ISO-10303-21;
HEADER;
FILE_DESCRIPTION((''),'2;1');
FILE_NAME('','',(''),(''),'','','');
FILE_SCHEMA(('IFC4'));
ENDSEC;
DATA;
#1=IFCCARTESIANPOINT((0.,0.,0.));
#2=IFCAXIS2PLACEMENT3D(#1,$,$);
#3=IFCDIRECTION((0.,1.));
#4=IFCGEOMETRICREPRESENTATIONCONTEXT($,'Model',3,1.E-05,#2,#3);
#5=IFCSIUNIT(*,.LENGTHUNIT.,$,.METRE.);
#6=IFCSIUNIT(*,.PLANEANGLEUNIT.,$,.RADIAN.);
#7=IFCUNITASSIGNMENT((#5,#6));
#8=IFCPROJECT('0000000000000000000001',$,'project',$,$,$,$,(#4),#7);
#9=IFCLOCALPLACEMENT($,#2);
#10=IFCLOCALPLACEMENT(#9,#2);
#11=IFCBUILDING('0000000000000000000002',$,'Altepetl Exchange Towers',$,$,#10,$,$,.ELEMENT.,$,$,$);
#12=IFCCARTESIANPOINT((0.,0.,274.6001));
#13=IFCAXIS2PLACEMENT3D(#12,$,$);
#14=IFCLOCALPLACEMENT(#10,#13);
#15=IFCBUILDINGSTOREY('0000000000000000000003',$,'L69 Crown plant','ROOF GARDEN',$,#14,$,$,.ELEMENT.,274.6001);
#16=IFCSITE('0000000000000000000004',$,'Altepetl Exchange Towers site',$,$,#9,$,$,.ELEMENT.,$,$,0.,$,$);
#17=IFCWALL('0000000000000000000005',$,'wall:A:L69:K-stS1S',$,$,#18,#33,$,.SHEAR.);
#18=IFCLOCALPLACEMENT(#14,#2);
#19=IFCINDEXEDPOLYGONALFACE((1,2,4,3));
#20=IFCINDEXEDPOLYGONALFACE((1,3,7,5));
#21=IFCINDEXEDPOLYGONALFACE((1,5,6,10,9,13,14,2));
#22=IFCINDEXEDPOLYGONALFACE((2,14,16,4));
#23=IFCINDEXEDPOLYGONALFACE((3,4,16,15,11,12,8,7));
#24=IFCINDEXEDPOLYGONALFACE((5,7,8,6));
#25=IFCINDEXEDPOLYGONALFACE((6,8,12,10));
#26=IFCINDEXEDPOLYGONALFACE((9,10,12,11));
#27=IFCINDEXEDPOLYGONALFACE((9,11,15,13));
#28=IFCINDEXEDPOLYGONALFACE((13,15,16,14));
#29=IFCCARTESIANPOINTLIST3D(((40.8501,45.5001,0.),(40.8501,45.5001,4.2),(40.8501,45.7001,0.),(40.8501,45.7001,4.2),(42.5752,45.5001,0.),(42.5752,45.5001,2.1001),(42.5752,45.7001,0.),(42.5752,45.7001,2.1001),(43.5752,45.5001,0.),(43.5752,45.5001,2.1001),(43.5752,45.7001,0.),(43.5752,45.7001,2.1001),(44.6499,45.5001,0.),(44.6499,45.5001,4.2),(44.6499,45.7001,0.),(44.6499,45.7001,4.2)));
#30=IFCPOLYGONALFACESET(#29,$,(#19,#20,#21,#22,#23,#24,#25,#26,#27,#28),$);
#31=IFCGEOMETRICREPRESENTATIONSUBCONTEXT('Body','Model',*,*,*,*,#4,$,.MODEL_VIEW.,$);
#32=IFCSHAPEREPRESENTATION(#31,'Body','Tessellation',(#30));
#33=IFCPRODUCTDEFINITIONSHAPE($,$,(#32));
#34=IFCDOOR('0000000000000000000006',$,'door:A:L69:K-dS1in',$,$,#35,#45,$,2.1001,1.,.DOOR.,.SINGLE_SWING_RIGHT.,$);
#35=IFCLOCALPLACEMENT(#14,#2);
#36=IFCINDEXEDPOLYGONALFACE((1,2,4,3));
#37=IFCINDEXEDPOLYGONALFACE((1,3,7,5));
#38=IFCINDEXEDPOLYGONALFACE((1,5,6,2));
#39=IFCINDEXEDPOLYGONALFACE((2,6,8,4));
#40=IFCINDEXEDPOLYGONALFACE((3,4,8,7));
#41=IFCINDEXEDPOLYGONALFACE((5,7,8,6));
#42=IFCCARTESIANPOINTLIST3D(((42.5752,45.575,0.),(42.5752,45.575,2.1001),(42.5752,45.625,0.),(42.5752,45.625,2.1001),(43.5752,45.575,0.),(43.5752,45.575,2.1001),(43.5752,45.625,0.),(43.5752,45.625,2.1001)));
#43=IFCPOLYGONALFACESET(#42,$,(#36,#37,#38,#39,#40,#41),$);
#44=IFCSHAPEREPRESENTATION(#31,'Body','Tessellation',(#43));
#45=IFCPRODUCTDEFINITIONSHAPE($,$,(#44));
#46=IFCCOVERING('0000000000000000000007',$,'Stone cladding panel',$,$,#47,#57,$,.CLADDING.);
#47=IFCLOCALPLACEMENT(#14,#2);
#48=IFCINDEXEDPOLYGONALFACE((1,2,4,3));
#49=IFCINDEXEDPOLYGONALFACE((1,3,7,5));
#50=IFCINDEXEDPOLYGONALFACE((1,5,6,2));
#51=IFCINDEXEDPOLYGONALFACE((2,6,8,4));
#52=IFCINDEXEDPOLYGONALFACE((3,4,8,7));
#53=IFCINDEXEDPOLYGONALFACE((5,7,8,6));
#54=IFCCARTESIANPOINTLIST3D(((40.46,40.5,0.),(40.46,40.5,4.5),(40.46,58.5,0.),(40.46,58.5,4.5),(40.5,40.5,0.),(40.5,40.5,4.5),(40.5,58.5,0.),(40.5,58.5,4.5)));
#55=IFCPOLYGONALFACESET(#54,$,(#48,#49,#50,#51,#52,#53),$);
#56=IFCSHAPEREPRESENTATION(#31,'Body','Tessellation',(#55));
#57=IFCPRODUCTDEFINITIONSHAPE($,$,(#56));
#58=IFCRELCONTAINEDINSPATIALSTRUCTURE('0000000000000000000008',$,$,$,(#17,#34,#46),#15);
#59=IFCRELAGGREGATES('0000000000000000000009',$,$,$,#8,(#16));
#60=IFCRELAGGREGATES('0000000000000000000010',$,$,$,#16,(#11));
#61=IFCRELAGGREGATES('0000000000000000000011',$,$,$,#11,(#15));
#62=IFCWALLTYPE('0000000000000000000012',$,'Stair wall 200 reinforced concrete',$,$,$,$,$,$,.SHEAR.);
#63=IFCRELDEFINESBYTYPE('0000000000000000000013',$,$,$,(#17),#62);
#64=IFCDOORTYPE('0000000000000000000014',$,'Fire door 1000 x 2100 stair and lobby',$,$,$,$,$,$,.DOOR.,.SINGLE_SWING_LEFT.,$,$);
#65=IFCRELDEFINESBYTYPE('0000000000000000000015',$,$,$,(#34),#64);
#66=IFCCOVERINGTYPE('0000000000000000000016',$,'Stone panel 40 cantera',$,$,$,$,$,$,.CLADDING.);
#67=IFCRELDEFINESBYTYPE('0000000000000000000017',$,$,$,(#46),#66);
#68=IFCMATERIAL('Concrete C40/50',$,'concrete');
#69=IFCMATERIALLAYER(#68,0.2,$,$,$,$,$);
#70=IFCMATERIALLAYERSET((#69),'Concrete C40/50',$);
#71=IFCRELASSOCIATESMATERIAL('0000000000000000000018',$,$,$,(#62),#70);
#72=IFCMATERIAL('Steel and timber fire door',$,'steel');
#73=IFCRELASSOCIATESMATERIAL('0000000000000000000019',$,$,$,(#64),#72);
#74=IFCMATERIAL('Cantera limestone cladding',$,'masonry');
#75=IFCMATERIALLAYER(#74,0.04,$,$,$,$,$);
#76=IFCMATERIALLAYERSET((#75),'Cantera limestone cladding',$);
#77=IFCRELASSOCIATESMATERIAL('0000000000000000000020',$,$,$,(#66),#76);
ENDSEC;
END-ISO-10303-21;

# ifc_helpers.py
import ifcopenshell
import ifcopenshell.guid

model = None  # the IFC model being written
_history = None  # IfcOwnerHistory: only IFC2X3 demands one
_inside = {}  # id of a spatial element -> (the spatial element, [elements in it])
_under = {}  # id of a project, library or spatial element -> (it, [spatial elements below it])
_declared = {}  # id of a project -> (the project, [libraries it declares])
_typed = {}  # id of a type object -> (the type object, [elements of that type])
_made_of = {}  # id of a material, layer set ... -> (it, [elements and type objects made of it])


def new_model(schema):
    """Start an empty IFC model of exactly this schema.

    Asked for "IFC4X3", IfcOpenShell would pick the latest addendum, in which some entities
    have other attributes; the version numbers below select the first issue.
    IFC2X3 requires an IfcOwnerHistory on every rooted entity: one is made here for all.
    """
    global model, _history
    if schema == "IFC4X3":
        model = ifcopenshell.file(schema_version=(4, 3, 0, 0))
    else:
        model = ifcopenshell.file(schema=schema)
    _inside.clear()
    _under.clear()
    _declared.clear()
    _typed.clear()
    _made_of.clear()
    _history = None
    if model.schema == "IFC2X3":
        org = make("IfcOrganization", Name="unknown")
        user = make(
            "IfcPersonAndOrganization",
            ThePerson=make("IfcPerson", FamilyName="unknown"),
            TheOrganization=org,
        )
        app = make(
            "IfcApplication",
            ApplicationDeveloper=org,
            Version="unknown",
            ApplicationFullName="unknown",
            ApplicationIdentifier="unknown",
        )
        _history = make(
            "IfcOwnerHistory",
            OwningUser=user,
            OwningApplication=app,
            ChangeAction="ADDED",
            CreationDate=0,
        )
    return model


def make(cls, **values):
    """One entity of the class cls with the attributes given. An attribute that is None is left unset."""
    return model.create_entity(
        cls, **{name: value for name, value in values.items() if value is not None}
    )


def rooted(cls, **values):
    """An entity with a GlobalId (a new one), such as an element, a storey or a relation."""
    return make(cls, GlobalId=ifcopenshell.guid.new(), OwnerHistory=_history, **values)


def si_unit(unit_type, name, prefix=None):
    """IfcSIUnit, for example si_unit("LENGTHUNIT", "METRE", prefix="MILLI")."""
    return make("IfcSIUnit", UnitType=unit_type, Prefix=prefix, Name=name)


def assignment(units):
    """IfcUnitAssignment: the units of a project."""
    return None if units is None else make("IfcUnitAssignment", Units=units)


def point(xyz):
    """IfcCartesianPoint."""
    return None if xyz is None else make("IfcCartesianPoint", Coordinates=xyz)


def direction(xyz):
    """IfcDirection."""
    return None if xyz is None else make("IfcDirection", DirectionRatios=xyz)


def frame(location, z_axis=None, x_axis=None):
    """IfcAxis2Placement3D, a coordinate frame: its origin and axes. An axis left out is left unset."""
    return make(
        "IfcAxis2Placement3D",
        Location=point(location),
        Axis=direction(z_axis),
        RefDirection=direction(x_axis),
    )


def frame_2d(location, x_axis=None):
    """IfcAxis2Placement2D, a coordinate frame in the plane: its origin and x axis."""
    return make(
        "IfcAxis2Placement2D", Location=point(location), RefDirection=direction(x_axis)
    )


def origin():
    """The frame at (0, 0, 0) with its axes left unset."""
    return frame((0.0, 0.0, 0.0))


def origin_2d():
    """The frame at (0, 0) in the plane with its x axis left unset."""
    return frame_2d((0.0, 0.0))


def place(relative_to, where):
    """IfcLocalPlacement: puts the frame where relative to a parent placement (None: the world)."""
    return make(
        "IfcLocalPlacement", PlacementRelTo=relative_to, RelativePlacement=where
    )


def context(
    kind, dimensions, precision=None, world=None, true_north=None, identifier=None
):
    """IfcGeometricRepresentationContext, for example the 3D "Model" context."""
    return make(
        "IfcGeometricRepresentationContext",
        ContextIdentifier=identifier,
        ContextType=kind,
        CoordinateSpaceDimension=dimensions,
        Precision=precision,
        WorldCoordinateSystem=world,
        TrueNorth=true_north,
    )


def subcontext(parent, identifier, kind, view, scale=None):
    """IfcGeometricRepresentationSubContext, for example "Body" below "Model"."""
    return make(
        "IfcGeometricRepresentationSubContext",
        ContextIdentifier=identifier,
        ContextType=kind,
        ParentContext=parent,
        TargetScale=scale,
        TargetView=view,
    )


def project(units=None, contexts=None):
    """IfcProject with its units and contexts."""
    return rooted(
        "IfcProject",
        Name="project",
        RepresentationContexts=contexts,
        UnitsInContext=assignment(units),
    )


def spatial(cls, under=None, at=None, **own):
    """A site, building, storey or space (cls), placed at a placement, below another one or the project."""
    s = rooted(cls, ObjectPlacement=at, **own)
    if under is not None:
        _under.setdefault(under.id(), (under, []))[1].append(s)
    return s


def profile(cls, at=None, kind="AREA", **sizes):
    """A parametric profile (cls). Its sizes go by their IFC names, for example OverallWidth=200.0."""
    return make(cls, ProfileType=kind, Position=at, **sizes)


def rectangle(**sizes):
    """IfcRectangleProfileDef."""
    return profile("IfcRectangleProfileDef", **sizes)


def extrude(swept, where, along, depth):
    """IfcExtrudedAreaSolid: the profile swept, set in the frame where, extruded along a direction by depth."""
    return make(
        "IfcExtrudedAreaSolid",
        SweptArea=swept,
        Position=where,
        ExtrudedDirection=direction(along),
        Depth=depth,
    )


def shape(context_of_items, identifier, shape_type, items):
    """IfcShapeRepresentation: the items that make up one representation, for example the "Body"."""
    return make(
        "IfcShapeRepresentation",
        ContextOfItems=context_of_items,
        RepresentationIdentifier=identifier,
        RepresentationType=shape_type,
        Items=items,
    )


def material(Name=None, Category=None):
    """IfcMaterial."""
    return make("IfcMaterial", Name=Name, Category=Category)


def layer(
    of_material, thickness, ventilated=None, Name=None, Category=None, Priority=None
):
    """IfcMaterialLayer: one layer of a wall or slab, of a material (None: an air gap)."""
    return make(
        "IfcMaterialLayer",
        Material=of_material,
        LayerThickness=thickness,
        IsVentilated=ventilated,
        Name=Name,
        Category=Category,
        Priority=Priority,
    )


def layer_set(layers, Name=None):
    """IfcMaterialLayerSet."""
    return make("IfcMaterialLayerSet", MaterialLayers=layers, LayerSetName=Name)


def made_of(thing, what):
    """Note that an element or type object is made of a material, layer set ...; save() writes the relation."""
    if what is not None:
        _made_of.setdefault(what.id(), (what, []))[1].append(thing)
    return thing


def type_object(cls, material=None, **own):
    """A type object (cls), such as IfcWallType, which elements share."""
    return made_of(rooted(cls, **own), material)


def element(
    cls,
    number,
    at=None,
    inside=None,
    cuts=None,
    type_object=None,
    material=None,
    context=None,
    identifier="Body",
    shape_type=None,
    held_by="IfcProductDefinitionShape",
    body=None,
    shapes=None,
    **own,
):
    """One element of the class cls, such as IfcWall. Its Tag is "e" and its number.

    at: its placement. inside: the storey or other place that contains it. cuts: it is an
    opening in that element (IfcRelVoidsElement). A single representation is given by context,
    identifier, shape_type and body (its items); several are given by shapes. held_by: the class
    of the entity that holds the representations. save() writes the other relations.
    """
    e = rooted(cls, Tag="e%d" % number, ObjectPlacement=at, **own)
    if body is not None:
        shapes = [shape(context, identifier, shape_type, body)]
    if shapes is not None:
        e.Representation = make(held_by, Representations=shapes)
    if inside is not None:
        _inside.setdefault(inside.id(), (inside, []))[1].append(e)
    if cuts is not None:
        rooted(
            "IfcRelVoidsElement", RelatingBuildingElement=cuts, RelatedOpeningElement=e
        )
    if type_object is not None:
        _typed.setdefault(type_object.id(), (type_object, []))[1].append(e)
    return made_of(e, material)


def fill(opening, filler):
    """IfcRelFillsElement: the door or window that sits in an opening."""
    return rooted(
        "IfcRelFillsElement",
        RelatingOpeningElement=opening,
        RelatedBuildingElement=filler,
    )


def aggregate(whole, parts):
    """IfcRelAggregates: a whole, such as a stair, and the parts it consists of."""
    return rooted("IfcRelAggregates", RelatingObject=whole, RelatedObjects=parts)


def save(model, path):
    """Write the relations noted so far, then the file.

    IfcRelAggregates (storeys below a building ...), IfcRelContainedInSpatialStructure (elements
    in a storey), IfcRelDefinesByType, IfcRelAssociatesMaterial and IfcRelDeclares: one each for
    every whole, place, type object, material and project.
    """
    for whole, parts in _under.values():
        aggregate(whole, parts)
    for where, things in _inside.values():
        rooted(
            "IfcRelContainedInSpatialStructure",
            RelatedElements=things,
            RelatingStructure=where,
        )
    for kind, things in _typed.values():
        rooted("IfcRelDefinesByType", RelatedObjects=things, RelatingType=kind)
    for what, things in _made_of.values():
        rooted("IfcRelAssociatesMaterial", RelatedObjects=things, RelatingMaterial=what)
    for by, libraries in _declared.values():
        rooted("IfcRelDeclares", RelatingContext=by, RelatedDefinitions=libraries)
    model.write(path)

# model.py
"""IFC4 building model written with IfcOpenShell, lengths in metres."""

from ifc_helpers import new_model, si_unit, direction, frame, frame_2d, origin, origin_2d, place, context, subcontext, project, spatial, rectangle, extrude, material, layer, layer_set, type_object, element, fill, save


model = new_model("IFC4")

# Units and contexts
model_context = context("Model", 3, precision=1e-05, world=origin(), true_north=direction((0.0, 1.0)))
body_context = subcontext(model_context, "Body", "Model", "MODEL_VIEW")
ifc_project = project(units=[si_unit("LENGTHUNIT", "METRE"), si_unit("PLANEANGLEUNIT", "RADIAN")], contexts=[model_context])

# Site, building, storey
site_placement = place(None, origin())
site = spatial("IfcSite", under=ifc_project, at=site_placement, Name="Altepetl Exchange Towers site", CompositionType="ELEMENT", RefElevation=0.0)
building_placement = place(site_placement, origin())
building = spatial("IfcBuilding", under=site, at=building_placement, Name="Altepetl Exchange Towers", CompositionType="ELEMENT")
storey_placement = place(building_placement, frame((0.0, 0.0, 274.6001)))
storey = spatial("IfcBuildingStorey", under=building, at=storey_placement, Name="L69 Crown plant", Description="ROOF GARDEN", CompositionType="ELEMENT", Elevation=274.6001)

# Shared definitions
ifc_material_1 = material(Name="Steel and timber fire door", Category="steel")

# Shared definitions
ifc_material_2 = material(Name="Concrete C40/50", Category="concrete")

# Shared definitions
ifc_layer_1 = layer(ifc_material_2, 0.2)
ifc_layer_set_1 = layer_set([ifc_layer_1], Name="Concrete C40/50")
wall_type_1 = type_object("IfcWallType", Name="Stair wall 200 reinforced concrete", PredefinedType="SHEAR", material=ifc_layer_set_1)

# Wall, opening, door
wall_1_placement = place(storey_placement, frame((40.8501, 45.6001, 0.0)))
wall_1 = element("IfcWall", 1, at=wall_1_placement, inside=storey, type_object=wall_type_1, Name="wall:A:L69:K-stS1S", PredefinedType="SHEAR", context=body_context, shape_type="SweptSolid", body=[
    extrude(rectangle(XDim=3.7998, YDim=0.2, at=frame_2d((1.8999, 0.0))), origin(), (0.0, 0.0, 1.0), 4.2),
])
opening_1_placement = place(wall_1_placement, frame((1.7251, 0.0, 0.0)))
opening_1 = element("IfcOpeningElement", 2, at=opening_1_placement, cuts=wall_1, PredefinedType="OPENING", context=body_context, shape_type="SweptSolid", body=[
    extrude(rectangle(XDim=1.0, YDim=2.1001, at=frame_2d((0.5, 1.05))), frame((0.0, 0.1099, 0.0), z_axis=(0.0, -1.0, 0.0), x_axis=(1.0, 0.0, 0.0)), (0.0, 0.0, 1.0), 0.22),
])
door_type_1 = type_object("IfcDoorType", Name="Fire door 1000 x 2100 stair and lobby", OperationType="SINGLE_SWING_LEFT", PredefinedType="DOOR", material=ifc_material_1)
door_1_placement = place(opening_1_placement, origin())
door_1 = element("IfcDoor", 3, at=door_1_placement, inside=storey, type_object=door_type_1, Name="door:A:L69:K-dS1in", OperationType="SINGLE_SWING_RIGHT", OverallHeight=2.1001, OverallWidth=1.0, PredefinedType="DOOR", context=body_context, shape_type="SweptSolid", body=[
    extrude(rectangle(XDim=1.0, YDim=2.1001, at=frame_2d((0.5, 1.05))), frame((0.0, 0.0249, 0.0), z_axis=(0.0, -1.0, 0.0), x_axis=(1.0, 0.0, 0.0)), (0.0, 0.0, 1.0), 0.05),
])
fill(opening_1, door_1)

# Covering
ifc_material_3 = material(Name="Cantera limestone cladding", Category="masonry")
ifc_layer_2 = layer(ifc_material_3, 0.04)
ifc_layer_set_2 = layer_set([ifc_layer_2], Name="Cantera limestone cladding")
covering_type = type_object("IfcCoveringType", Name="Stone panel 40 cantera", PredefinedType="CLADDING", material=ifc_layer_set_2)
covering_placement = place(storey_placement, frame((40.48, 49.5, 0.0), z_axis=(0.0, 0.0, 1.0), x_axis=(0.0, -1.0, 0.0)))
element("IfcCovering", 4, at=covering_placement, inside=storey, type_object=covering_type, Name="Stone cladding panel", PredefinedType="CLADDING", context=body_context, shape_type="SweptSolid", body=[
    extrude(rectangle(XDim=18.0, YDim=0.04, at=origin_2d()), origin(), (0.0, 0.0, 1.0), 4.5),
])

save(model, "model.ifc")
